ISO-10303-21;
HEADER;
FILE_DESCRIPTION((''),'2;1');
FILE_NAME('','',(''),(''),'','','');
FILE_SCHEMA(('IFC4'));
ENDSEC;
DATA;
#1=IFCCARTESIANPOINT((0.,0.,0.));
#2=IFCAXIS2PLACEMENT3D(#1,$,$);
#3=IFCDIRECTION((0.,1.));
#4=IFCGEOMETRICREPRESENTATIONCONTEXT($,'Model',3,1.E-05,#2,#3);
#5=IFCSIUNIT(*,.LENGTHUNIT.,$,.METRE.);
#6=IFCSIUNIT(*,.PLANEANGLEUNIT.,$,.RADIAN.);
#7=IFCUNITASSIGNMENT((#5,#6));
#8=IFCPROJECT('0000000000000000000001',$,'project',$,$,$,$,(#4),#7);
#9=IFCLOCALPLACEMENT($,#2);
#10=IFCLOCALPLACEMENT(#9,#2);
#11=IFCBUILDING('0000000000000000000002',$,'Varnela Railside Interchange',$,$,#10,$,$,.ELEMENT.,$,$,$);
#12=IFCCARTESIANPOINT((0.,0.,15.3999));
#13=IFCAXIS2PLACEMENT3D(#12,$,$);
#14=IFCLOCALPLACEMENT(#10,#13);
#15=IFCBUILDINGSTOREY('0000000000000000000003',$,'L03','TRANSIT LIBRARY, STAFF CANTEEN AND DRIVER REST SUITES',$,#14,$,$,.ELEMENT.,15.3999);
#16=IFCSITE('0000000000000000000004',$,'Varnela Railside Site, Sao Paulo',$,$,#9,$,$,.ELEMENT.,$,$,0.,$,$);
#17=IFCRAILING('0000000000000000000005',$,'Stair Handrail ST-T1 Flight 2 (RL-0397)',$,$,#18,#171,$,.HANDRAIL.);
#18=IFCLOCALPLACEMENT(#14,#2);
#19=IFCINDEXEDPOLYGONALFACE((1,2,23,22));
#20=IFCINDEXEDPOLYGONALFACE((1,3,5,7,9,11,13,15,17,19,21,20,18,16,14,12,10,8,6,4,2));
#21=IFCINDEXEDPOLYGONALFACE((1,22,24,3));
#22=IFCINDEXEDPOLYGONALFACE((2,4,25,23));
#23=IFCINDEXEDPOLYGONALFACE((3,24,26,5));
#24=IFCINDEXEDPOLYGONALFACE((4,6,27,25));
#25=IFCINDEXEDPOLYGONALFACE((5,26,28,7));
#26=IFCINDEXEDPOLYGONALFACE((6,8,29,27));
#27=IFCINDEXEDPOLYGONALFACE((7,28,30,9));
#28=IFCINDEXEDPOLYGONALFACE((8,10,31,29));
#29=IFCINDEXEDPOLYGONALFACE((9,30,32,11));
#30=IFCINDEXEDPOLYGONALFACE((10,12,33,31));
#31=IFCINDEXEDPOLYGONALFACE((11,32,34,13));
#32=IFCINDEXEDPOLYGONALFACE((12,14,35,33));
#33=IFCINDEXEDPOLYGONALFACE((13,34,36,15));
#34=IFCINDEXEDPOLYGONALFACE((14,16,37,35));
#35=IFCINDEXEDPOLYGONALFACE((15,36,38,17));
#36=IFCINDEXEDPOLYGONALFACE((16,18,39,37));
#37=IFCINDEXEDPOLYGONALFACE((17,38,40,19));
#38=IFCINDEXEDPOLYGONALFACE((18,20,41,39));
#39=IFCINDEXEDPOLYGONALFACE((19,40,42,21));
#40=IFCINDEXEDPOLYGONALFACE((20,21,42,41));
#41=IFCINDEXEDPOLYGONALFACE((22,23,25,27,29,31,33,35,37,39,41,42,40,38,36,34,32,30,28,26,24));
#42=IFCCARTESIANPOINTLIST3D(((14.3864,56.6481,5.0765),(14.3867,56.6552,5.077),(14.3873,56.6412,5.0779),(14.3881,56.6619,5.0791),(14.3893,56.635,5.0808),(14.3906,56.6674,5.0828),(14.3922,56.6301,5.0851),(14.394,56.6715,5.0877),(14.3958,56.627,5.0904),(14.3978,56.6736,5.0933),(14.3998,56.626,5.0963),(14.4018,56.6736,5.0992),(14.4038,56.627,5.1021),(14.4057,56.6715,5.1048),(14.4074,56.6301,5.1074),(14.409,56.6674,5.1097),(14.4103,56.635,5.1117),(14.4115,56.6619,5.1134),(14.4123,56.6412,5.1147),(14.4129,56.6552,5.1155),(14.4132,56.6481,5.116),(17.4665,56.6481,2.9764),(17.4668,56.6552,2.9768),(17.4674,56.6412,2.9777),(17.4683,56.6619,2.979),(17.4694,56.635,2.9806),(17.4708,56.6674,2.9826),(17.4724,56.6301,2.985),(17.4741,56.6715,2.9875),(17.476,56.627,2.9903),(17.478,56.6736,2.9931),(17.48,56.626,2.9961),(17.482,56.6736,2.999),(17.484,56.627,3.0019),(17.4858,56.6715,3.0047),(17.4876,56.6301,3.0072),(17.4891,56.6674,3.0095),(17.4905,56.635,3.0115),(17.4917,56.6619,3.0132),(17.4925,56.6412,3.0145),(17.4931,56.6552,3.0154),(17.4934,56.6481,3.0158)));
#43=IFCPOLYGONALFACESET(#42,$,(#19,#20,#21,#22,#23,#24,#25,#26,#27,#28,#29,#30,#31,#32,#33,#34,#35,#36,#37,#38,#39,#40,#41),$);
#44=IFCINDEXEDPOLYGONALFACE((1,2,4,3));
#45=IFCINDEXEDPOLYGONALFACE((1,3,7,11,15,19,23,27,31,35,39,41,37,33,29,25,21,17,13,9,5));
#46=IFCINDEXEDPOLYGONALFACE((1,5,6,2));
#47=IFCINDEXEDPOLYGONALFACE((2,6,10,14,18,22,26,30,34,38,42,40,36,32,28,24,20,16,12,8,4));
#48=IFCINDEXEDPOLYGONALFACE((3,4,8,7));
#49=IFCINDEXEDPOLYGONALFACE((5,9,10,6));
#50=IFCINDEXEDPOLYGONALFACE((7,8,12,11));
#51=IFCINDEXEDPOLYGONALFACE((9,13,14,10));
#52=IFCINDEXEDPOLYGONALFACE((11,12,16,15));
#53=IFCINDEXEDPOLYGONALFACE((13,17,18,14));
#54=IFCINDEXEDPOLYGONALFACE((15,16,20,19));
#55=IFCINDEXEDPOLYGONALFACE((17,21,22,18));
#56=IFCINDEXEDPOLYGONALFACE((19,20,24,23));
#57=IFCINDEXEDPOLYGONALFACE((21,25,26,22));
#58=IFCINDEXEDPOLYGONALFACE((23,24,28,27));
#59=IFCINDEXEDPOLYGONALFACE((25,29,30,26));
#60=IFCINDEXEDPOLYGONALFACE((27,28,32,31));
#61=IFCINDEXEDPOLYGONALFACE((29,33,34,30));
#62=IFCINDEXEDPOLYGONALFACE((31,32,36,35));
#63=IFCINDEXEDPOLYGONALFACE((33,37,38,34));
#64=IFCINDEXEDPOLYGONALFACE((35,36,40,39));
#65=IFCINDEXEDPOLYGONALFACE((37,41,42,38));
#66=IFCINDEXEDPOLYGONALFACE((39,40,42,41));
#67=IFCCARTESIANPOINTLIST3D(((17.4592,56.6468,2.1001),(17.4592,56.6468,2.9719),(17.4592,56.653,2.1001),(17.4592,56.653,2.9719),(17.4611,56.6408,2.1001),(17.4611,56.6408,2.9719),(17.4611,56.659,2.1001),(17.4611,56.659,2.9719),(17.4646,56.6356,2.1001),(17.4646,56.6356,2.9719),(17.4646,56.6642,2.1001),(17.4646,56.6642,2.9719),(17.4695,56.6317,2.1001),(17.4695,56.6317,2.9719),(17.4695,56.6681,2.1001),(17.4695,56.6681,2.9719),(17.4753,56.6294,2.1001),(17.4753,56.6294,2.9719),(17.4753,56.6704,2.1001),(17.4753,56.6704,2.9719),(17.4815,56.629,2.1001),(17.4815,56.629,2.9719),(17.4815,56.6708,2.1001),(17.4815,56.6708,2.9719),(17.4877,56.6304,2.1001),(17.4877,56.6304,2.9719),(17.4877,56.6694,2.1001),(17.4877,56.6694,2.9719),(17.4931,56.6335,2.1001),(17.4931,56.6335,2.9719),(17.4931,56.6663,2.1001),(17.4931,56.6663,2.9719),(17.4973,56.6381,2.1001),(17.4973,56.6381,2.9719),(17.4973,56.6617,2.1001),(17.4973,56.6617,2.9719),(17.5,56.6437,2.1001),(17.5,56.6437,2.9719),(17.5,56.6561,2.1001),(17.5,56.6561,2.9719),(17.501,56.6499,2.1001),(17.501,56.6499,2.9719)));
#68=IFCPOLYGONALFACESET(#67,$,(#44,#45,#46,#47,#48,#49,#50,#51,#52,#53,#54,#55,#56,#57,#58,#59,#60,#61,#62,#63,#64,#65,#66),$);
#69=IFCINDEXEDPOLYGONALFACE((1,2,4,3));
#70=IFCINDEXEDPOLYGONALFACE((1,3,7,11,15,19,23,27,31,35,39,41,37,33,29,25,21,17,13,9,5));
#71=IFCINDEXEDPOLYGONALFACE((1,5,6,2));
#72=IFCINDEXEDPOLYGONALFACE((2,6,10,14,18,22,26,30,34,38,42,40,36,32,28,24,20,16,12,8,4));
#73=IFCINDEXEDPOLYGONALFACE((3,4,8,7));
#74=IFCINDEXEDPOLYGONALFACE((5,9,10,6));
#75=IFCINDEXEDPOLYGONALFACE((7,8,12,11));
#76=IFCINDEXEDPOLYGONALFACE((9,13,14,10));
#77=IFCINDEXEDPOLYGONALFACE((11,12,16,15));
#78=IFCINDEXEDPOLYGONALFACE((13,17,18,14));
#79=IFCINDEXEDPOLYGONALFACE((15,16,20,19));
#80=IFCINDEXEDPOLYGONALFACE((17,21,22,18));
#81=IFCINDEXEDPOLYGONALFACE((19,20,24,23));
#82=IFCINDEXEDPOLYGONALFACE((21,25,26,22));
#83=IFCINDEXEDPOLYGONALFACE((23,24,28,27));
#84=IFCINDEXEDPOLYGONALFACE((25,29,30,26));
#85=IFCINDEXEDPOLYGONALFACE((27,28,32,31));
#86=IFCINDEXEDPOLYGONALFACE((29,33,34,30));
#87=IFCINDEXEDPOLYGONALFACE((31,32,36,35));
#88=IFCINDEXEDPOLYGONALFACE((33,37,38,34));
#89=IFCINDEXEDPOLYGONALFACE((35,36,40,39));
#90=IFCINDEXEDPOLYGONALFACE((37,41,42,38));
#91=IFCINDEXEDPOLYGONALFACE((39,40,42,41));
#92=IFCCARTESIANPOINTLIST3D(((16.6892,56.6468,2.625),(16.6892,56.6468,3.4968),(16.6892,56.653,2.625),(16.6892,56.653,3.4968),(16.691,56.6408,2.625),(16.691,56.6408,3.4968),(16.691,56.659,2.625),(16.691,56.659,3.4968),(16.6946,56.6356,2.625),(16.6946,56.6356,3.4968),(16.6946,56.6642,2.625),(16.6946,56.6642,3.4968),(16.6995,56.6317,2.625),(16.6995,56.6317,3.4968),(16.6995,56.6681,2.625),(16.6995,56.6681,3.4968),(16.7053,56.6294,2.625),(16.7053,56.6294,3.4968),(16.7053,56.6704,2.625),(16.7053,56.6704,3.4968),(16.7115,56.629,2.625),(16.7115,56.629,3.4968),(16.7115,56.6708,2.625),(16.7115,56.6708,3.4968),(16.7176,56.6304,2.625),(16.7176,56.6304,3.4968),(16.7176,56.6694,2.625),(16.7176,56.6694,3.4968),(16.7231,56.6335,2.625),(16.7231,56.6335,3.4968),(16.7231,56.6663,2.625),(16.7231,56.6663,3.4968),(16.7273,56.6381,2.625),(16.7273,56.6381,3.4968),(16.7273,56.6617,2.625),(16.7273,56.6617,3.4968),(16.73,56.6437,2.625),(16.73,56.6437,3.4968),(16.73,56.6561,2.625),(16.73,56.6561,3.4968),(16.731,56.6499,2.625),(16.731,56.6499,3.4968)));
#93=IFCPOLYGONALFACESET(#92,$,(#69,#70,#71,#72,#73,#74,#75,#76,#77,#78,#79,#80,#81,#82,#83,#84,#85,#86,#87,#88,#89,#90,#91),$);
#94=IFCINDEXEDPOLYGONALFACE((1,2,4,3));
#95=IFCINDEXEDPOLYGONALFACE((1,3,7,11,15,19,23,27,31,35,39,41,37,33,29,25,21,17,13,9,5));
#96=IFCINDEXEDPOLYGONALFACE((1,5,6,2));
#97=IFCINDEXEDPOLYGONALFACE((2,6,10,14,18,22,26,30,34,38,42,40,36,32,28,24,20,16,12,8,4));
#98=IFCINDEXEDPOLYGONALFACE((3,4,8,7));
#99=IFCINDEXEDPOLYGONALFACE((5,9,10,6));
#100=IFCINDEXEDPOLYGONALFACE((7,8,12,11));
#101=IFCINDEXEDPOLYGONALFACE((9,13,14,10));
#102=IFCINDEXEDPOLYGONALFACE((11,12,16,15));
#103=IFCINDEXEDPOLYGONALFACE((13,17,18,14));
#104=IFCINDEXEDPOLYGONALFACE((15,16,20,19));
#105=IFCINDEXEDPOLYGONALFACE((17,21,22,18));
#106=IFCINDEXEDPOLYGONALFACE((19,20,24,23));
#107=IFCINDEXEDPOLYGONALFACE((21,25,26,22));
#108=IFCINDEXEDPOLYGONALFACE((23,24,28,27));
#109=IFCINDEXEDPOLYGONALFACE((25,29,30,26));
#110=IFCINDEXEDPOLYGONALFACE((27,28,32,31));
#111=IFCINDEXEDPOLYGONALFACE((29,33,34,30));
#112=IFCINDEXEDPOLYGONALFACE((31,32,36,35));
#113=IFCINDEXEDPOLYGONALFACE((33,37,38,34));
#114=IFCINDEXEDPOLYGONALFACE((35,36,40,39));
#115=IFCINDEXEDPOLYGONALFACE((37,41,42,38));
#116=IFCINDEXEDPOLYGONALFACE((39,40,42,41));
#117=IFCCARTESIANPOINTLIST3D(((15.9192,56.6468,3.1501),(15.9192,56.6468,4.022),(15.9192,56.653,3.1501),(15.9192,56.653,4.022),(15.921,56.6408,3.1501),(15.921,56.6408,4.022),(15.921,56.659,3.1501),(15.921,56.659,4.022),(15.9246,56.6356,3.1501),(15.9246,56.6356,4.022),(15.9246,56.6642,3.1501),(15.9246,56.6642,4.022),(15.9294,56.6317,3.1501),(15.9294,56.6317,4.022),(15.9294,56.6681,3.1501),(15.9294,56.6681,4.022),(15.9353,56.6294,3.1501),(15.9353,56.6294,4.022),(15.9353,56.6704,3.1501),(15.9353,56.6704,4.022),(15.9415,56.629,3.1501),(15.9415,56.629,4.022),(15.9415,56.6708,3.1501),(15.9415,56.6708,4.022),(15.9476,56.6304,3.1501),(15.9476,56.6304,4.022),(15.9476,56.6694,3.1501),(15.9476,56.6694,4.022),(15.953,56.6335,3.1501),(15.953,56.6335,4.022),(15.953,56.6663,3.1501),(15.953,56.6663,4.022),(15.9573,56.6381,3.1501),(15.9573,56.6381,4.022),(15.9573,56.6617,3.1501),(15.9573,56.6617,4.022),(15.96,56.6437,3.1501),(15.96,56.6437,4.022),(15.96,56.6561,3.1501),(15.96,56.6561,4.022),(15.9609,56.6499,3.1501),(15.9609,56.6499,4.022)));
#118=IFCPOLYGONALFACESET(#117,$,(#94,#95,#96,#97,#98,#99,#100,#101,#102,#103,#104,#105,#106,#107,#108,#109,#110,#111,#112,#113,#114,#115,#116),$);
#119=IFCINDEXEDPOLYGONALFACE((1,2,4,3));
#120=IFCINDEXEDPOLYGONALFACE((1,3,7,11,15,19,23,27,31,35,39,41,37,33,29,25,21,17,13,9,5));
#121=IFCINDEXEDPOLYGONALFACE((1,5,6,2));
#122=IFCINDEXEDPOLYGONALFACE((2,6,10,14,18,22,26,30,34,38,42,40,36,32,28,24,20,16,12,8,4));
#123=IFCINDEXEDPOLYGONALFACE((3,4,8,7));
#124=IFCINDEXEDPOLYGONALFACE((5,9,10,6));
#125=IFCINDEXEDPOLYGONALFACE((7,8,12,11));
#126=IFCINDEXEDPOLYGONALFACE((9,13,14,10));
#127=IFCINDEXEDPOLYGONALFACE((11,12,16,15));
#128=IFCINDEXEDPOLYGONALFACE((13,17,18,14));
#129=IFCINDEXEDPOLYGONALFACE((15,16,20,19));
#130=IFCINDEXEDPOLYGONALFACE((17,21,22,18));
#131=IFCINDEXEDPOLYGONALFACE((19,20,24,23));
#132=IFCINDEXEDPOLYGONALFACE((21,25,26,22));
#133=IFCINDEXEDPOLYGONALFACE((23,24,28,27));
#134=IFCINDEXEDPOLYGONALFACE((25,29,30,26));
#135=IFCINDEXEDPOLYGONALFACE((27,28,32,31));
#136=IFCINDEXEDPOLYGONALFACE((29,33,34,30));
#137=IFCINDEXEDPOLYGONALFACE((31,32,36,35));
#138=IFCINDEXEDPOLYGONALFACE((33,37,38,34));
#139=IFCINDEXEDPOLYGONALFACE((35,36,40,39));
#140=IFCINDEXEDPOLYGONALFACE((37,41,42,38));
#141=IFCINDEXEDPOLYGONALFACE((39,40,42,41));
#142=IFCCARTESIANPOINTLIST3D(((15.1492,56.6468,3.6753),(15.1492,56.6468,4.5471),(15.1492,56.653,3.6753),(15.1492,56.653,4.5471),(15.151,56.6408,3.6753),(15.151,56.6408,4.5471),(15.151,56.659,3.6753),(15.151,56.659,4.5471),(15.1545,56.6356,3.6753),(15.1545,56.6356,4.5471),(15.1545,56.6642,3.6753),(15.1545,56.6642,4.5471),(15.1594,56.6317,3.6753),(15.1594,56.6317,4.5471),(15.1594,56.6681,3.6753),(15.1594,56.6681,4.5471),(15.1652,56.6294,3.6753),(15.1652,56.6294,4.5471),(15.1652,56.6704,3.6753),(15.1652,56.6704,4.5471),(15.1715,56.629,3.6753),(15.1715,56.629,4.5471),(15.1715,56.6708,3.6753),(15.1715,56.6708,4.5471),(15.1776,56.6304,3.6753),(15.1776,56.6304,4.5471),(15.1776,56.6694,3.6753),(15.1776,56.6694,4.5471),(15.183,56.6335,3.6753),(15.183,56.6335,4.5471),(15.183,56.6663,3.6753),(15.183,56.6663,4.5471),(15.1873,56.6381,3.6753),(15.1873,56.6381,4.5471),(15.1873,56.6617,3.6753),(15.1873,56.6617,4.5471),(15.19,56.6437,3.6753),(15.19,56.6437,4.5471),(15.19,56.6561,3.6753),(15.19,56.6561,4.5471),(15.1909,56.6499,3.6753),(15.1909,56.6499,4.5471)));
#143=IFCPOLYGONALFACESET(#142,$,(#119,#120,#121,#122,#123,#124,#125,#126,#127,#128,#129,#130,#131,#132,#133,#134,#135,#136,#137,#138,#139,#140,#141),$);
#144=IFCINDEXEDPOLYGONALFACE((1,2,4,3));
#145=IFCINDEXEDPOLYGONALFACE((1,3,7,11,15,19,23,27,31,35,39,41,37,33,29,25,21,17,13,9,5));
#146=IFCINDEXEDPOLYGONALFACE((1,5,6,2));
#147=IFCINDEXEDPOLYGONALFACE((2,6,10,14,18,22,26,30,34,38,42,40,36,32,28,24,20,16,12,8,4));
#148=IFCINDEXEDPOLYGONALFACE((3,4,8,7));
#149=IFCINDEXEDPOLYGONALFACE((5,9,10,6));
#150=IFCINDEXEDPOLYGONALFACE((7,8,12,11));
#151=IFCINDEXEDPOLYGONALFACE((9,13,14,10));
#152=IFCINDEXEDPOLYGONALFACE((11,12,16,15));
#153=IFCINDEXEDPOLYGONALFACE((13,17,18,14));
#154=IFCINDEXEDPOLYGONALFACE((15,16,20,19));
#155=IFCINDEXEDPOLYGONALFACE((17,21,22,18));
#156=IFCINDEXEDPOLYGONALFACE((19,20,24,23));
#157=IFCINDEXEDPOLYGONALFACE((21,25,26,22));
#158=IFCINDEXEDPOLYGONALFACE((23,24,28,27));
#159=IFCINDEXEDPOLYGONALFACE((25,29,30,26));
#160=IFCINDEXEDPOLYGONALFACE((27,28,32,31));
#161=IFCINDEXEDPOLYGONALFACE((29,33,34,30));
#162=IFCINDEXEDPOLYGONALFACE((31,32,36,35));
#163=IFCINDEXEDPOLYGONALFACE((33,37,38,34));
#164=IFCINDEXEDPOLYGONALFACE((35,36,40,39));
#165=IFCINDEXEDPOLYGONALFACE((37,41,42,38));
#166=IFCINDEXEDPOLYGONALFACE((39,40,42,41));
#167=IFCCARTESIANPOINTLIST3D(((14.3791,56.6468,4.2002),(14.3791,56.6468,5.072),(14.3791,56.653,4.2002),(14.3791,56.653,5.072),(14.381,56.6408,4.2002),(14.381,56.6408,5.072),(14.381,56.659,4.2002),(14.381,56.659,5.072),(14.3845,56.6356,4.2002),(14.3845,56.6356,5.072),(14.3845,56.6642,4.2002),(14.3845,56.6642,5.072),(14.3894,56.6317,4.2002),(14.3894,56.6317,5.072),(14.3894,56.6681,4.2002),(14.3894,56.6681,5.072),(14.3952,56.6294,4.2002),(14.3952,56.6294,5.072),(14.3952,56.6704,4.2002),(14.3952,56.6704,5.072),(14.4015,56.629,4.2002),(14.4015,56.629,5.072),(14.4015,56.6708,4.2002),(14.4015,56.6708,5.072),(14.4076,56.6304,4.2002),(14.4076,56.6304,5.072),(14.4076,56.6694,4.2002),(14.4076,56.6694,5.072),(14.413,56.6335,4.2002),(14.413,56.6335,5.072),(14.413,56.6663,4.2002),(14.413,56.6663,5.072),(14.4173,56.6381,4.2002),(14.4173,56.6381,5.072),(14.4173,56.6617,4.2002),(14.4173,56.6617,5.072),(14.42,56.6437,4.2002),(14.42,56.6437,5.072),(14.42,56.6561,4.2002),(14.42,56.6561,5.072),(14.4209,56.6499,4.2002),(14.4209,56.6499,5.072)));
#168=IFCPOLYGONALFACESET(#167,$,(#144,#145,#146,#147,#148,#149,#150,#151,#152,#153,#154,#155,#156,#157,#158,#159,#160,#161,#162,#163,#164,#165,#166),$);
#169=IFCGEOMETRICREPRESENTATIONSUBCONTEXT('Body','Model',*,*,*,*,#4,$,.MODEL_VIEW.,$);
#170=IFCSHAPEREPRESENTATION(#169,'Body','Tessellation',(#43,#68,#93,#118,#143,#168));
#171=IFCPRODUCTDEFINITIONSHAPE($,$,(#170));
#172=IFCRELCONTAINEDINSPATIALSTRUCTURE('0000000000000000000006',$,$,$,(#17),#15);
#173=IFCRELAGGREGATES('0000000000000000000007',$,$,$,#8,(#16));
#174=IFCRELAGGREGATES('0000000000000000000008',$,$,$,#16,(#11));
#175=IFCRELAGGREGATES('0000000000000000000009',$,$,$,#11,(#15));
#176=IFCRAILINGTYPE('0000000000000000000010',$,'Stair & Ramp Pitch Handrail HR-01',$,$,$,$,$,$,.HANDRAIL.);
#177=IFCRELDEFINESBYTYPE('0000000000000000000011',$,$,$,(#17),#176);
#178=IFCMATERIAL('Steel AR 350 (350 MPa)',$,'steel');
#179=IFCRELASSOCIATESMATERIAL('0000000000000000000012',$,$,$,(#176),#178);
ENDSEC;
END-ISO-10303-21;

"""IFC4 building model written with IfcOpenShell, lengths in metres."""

from ifc_helpers import new_model, si_unit, direction, frame, origin, origin_2d, place, context, subcontext, project, spatial, circle, extrude, material, type_object, element, save


model = new_model("IFC4")

# Units and contexts
model_context = context("Model", 3, precision=1e-05, world=origin(), true_north=direction((0.0, 1.0)))
body_context = subcontext(model_context, "Body", "Model", "MODEL_VIEW")
ifc_project = project(units=[si_unit("LENGTHUNIT", "METRE"), si_unit("PLANEANGLEUNIT", "RADIAN")], contexts=[model_context])

# Site, building, storey
site_placement = place(None, origin())
site = spatial("IfcSite", under=ifc_project, at=site_placement, Name="Varnela Railside Site, Sao Paulo", CompositionType="ELEMENT", RefElevation=0.0)
building_placement = place(site_placement, origin())
building = spatial("IfcBuilding", under=site, at=building_placement, Name="Varnela Railside Interchange", CompositionType="ELEMENT")
storey_placement = place(building_placement, frame((0.0, 0.0, 15.3999)))
storey = spatial("IfcBuildingStorey", under=building, at=storey_placement, Name="L03", Description="TRANSIT LIBRARY, STAFF CANTEEN AND DRIVER REST SUITES", CompositionType="ELEMENT", Elevation=15.3999)

# Shared definitions
ifc_material_1 = material(Name="Steel AR 350 (350 MPa)", Category="steel")

# Railing
railing_type_1 = type_object("IfcRailingType", Name="Stair & Ramp Pitch Handrail HR-01", PredefinedType="HANDRAIL", material=ifc_material_1)
railing_1_placement = place(storey_placement, frame((17.48, 56.6499, 2.1001)))
element("IfcRailing", 1, at=railing_1_placement, inside=storey, type_object=railing_type_1, Name="Stair Handrail ST-T1 Flight 2 (RL-0397)", PredefinedType="HANDRAIL", context=body_context, shape_type="SweptSolid", body=[
    extrude(circle(Radius=0.0239, at=origin_2d()), frame((0.0, 0.0, 0.896), z_axis=(-0.826222, 0.0, 0.563345), x_axis=(0.0, -1.0, 0.0)), (0.0, 0.0, 1.0), 3.728),
    extrude(circle(Radius=0.021, at=origin_2d()), origin(), (0.0, 0.0, 1.0), 0.8718),
    extrude(circle(Radius=0.021, at=origin_2d()), frame((-0.77, 0.0, 0.5249)), (0.0, 0.0, 1.0), 0.8718),
    extrude(circle(Radius=0.021, at=origin_2d()), frame((-1.54, 0.0, 1.05)), (0.0, 0.0, 1.0), 0.8718),
    extrude(circle(Radius=0.021, at=origin_2d()), frame((-2.3101, 0.0, 1.5752)), (0.0, 0.0, 1.0), 0.8718),
    extrude(circle(Radius=0.021, at=origin_2d()), frame((-3.0801, 0.0, 2.1001)), (0.0, 0.0, 1.0), 0.8718),
])

save(model, "model.ifc")
